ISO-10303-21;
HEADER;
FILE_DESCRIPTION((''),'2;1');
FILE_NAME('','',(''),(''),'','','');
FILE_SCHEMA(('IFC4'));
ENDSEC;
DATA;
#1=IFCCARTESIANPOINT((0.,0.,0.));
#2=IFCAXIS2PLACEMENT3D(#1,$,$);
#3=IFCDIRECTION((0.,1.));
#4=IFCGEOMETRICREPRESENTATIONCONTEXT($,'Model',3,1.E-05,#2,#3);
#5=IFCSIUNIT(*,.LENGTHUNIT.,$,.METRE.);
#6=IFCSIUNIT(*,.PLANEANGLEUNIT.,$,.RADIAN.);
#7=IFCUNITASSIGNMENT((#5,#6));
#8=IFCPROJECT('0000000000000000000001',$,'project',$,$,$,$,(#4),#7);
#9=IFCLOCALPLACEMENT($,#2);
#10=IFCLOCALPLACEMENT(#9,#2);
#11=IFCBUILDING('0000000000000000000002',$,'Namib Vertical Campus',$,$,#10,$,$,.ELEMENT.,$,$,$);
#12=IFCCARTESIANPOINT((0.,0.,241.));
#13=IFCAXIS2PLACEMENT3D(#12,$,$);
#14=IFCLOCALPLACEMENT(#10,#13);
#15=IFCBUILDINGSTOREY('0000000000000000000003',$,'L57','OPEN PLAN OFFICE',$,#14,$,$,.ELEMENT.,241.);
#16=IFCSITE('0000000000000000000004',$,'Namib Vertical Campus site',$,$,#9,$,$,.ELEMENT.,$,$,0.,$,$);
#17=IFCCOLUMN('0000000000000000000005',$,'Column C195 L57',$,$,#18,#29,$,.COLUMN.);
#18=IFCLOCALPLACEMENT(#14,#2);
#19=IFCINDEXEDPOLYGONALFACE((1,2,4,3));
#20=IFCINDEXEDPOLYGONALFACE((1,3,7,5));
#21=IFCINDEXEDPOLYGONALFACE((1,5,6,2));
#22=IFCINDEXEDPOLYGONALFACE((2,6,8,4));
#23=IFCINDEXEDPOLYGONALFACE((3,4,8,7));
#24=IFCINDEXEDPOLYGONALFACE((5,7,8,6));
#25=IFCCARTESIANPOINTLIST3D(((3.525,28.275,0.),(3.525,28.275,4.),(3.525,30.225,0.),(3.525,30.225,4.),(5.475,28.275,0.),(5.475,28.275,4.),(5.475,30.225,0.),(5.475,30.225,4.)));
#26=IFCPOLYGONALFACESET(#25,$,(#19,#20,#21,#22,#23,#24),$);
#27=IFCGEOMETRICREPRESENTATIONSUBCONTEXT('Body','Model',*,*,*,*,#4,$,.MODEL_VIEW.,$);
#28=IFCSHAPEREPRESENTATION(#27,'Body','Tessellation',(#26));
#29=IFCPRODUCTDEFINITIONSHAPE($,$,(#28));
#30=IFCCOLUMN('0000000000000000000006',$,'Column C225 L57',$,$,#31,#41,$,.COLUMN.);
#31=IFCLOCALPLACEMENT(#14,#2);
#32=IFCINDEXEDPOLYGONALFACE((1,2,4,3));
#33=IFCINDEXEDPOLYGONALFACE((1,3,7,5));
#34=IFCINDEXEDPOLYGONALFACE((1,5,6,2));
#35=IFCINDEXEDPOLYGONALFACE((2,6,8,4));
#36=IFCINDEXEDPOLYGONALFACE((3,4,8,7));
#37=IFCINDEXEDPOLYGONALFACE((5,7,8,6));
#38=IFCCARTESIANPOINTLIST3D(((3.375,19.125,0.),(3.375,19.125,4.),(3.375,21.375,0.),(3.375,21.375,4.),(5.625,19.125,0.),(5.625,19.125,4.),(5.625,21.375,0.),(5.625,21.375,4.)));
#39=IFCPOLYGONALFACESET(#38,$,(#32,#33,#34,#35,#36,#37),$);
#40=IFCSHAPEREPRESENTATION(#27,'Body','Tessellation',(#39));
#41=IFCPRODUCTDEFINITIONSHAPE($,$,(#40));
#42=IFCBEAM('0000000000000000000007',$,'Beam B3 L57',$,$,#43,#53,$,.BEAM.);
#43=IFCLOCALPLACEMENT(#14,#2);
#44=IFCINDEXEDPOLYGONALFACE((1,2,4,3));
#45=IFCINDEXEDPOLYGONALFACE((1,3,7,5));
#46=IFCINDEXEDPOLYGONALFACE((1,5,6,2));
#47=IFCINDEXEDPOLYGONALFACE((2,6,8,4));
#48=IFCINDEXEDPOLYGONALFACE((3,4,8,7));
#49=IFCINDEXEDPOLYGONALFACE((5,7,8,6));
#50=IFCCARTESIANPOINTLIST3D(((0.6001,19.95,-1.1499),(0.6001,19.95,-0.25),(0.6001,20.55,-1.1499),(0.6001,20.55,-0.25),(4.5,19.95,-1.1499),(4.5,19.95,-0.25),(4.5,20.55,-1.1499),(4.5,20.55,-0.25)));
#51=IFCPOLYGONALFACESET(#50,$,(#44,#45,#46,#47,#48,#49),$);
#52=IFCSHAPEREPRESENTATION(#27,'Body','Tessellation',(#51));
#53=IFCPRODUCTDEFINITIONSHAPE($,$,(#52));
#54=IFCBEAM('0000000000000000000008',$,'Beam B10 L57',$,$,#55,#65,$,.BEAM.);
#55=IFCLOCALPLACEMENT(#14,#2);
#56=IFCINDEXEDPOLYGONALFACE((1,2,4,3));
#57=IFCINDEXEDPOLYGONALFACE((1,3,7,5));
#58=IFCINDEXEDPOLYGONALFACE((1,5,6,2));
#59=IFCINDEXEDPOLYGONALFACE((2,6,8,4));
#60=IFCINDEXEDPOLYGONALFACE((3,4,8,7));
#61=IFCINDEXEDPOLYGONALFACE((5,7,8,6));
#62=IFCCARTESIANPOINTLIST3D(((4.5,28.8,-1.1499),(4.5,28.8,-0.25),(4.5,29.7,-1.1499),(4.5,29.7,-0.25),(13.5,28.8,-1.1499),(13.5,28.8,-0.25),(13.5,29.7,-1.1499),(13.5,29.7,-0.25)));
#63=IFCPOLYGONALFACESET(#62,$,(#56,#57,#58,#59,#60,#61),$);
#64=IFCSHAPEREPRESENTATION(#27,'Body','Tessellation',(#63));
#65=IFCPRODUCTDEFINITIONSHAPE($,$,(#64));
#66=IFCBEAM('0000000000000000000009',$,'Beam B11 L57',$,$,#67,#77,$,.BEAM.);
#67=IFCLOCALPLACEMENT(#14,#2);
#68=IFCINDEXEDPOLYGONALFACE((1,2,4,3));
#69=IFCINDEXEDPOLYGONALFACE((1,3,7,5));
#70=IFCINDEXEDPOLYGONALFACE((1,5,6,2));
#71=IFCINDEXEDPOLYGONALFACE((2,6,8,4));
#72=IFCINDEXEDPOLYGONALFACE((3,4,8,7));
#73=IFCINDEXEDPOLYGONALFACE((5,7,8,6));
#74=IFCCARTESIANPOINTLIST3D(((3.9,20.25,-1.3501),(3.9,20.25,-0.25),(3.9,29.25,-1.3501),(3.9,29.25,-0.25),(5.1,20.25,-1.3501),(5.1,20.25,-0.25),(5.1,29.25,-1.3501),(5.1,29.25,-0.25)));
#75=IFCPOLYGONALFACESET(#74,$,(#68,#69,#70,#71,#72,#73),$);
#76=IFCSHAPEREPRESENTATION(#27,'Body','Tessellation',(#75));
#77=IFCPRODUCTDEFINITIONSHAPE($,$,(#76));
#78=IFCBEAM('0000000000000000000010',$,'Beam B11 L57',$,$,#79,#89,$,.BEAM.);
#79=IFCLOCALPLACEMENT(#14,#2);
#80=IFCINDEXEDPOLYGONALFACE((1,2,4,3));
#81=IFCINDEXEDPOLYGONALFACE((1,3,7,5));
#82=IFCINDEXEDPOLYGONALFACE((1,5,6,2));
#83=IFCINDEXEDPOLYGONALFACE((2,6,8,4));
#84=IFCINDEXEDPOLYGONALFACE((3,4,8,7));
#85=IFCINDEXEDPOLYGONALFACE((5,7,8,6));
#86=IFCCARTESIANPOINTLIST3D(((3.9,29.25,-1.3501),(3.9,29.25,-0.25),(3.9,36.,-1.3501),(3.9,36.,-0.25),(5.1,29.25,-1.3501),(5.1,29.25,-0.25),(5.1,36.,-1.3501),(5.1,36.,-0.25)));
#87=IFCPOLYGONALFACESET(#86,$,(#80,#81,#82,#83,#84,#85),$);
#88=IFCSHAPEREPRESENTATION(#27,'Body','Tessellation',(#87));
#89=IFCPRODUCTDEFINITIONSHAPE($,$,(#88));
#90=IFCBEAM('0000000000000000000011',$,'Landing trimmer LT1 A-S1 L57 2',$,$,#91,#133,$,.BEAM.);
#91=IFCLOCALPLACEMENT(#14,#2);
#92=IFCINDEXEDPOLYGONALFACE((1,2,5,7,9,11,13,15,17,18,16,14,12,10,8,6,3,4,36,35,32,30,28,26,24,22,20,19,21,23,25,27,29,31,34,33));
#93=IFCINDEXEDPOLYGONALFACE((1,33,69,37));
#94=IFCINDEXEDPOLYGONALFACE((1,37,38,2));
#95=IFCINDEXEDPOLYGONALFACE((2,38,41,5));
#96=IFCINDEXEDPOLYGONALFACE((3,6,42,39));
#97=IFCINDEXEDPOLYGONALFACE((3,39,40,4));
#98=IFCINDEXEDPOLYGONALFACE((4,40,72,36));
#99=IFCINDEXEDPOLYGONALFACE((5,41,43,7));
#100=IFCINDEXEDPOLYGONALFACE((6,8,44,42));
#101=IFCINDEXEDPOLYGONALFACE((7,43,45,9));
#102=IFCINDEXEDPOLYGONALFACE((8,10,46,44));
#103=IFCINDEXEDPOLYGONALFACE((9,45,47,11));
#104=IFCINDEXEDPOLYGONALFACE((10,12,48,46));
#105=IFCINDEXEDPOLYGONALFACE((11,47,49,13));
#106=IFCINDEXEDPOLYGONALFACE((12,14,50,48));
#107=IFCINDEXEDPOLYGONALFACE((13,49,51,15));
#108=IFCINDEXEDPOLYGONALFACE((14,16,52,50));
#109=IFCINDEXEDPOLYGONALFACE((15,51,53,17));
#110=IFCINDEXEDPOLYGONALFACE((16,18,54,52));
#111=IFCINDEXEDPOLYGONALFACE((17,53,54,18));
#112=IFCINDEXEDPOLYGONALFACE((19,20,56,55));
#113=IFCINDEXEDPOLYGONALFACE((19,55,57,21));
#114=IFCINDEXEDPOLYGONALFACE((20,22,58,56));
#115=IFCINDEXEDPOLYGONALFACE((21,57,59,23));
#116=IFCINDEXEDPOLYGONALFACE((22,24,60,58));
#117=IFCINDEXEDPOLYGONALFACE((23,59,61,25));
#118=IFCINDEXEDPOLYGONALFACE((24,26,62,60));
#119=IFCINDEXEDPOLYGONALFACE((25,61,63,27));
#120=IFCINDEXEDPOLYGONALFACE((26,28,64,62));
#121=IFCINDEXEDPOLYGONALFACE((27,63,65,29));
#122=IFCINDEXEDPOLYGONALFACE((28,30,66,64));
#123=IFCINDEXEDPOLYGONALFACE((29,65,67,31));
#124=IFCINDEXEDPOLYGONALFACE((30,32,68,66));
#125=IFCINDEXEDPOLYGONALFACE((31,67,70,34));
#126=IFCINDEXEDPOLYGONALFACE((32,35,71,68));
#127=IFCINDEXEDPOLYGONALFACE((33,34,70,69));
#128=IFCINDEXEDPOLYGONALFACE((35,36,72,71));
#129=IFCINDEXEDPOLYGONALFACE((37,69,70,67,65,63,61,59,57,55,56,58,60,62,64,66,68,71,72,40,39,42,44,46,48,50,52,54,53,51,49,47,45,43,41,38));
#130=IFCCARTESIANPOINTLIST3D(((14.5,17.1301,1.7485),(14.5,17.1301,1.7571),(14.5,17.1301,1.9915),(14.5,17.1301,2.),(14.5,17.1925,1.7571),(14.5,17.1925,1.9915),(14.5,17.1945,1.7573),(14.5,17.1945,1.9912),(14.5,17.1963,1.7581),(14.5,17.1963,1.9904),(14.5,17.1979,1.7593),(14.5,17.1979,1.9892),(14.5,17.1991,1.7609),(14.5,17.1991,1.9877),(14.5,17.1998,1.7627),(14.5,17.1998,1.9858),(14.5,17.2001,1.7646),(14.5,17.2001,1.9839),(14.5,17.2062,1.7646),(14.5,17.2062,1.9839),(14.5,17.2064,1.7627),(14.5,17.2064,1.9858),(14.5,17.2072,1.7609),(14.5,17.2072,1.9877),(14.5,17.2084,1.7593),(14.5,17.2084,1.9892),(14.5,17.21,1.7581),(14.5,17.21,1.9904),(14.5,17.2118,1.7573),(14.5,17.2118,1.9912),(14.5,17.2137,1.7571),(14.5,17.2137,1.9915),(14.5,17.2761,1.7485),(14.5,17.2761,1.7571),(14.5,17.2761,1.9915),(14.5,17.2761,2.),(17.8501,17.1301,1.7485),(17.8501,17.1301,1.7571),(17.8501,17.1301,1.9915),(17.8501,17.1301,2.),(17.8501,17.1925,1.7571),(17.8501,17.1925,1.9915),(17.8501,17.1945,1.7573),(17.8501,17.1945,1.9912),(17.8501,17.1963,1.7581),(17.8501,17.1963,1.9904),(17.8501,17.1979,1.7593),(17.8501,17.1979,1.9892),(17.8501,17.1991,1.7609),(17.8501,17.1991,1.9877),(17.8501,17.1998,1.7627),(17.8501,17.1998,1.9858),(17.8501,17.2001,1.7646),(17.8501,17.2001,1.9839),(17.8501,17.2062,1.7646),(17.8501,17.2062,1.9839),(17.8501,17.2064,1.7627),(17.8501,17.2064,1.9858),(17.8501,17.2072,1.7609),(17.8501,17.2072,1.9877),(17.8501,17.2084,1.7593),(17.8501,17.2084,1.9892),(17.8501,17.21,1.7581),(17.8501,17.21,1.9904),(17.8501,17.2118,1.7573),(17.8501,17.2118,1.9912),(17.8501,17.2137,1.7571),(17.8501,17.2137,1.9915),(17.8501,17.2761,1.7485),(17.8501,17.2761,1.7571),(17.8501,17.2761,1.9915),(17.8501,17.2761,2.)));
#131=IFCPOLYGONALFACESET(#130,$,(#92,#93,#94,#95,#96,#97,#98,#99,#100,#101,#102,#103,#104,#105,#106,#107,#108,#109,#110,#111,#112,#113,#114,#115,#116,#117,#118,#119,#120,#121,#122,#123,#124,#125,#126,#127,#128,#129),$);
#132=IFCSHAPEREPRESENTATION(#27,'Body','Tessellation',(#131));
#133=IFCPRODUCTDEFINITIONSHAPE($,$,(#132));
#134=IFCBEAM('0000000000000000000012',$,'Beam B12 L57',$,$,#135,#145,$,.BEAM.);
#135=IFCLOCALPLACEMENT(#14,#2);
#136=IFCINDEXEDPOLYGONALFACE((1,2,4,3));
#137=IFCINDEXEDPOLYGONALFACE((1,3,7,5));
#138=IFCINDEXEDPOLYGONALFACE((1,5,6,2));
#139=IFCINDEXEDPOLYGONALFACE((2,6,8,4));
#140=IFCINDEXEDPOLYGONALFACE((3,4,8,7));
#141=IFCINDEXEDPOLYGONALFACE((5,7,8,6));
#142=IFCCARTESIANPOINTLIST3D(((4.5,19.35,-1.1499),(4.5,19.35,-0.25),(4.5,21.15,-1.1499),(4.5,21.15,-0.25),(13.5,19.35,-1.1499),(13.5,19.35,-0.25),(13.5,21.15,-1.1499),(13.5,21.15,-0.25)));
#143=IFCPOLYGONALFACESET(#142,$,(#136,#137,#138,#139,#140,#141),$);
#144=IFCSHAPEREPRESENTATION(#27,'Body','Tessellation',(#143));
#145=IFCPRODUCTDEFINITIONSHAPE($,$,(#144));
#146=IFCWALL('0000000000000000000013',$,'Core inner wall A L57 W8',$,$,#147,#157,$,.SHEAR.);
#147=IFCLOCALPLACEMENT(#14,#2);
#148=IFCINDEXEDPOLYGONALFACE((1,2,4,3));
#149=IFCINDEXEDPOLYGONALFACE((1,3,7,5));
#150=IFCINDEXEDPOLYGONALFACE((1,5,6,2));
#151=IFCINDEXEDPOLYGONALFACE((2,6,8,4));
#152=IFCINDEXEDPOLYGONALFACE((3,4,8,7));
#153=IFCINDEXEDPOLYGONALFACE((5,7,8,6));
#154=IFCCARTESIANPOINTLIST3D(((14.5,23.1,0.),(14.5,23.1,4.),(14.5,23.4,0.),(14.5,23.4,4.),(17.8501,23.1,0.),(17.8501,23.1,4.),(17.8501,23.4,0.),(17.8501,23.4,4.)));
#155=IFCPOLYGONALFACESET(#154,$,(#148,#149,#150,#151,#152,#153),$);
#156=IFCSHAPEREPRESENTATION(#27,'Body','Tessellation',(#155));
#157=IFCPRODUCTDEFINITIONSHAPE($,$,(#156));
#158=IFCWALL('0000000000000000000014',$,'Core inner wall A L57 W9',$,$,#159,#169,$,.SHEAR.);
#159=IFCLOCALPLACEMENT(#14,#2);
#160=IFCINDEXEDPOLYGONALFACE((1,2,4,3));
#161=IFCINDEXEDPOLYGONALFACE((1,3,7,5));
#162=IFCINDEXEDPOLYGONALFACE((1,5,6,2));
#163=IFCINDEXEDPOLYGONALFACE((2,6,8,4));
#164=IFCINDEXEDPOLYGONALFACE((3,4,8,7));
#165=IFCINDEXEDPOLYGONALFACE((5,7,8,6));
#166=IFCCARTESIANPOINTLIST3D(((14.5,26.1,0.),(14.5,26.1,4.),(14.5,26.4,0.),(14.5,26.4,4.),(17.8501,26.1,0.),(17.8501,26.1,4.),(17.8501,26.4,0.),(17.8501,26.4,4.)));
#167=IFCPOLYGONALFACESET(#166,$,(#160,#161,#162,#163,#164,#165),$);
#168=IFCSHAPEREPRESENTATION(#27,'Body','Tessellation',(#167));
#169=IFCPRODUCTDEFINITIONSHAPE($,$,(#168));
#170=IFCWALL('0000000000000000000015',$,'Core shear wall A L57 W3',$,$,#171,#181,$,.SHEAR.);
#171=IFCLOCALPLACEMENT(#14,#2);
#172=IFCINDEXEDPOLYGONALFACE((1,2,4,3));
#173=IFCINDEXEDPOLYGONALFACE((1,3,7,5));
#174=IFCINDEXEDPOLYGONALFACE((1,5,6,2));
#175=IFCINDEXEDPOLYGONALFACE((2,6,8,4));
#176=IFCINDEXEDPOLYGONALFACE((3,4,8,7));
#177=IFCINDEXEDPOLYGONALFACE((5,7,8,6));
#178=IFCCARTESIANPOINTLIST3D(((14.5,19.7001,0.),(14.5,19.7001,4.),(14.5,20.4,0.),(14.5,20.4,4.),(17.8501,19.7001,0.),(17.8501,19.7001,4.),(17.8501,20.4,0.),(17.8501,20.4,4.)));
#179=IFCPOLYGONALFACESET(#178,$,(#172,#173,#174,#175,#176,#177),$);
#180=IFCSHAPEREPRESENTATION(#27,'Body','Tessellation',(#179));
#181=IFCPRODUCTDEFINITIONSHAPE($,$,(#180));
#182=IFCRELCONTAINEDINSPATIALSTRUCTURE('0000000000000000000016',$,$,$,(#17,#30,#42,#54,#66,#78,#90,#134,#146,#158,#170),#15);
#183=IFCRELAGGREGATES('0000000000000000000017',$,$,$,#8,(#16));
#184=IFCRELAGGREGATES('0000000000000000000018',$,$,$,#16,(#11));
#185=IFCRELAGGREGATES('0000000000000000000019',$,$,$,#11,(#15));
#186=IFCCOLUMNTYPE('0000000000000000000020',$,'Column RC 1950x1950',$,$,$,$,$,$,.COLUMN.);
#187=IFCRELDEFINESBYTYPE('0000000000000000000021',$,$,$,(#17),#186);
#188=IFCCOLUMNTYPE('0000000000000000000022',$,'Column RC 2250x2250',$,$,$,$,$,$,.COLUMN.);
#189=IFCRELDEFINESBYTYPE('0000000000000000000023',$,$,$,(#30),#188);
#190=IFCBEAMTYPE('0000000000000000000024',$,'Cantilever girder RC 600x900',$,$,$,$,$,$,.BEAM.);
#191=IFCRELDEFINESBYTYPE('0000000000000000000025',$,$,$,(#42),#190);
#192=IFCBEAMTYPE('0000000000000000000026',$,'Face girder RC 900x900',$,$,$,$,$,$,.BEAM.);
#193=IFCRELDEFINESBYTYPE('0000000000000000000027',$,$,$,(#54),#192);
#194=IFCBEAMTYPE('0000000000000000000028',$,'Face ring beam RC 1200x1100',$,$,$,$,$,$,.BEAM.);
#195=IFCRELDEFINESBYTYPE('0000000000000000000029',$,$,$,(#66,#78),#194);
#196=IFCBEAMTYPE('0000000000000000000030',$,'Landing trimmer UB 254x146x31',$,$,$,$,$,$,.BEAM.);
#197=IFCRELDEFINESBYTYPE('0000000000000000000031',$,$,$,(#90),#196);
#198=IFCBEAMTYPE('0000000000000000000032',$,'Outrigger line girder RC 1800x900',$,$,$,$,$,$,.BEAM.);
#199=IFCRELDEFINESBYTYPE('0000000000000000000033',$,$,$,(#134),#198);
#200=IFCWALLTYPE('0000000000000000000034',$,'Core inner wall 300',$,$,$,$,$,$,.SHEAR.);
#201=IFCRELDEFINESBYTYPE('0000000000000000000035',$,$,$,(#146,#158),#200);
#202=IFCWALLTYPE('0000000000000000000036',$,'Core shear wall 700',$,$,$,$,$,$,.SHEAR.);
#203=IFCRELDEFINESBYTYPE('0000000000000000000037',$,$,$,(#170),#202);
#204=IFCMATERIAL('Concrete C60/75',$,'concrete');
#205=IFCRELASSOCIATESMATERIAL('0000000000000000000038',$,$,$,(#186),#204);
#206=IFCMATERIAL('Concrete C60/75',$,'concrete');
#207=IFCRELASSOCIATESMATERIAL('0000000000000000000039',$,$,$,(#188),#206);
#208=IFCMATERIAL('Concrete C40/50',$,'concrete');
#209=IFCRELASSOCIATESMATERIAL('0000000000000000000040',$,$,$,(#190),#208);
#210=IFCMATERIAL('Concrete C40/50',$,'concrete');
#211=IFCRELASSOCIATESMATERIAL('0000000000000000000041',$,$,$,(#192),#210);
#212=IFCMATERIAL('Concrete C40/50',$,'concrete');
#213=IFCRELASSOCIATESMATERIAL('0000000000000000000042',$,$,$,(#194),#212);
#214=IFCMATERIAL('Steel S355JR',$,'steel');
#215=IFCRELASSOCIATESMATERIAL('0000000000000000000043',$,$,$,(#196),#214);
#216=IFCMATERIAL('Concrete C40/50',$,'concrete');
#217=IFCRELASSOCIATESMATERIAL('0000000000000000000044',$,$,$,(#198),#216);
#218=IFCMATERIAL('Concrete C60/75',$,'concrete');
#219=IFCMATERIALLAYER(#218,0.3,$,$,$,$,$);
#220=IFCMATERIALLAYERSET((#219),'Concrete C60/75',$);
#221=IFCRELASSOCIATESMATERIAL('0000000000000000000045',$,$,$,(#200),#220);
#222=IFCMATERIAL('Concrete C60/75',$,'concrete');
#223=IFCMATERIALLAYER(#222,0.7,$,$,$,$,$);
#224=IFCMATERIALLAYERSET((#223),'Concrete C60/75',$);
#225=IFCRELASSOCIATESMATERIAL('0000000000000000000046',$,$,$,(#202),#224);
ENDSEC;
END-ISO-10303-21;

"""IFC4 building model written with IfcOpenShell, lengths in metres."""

from ifc_helpers import new_model, si_unit, direction, frame, frame_2d, origin, origin_2d, place, context, subcontext, project, spatial, rectangle, i_section, extrude, material, layer, layer_set, material_profile, profile_set, type_object, element, save


model = new_model("IFC4")

# Units and contexts
model_context = context("Model", 3, precision=1e-05, world=origin(), true_north=direction((0.0, 1.0)))
body_context = subcontext(model_context, "Body", "Model", "MODEL_VIEW")
ifc_project = project(units=[si_unit("LENGTHUNIT", "METRE"), si_unit("PLANEANGLEUNIT", "RADIAN")], contexts=[model_context])

# Site, building, storey
site_placement = place(None, origin())
site = spatial("IfcSite", under=ifc_project, at=site_placement, Name="Namib Vertical Campus site", CompositionType="ELEMENT", RefElevation=0.0)
building_placement = place(site_placement, origin())
building = spatial("IfcBuilding", under=site, at=building_placement, Name="Namib Vertical Campus", CompositionType="ELEMENT")
storey_placement = place(building_placement, frame((0.0, 0.0, 241.0)))
storey = spatial("IfcBuildingStorey", under=building, at=storey_placement, Name="L57", Description="OPEN PLAN OFFICE", CompositionType="ELEMENT", Elevation=241.0)

# Columns
ifc_material_1 = material(Name="Concrete C60/75", Category="concrete")
ifc_material_profile_1 = material_profile(ifc_material_1, rectangle(XDim=1.95, YDim=1.95, at=origin_2d()))
ifc_profile_set_1 = profile_set([ifc_material_profile_1], Name="Concrete C60/75")
column_type_1 = type_object("IfcColumnType", Name="Column RC 1950x1950", PredefinedType="COLUMN", material=ifc_profile_set_1)
column_1_placement = place(storey_placement, frame((4.5, 29.25, 0.0), z_axis=(0.0, 0.0, 1.0), x_axis=(1.0, 0.0, 0.0)))
element("IfcColumn", 1, at=column_1_placement, inside=storey, type_object=column_type_1, Name="Column C195 L57", PredefinedType="COLUMN", context=body_context, shape_type="SweptSolid", body=[
    extrude(rectangle(XDim=1.95, YDim=1.95, at=origin_2d()), origin(), (0.0, 0.0, 1.0), 4.0),
])
ifc_material_2 = material(Name="Concrete C60/75", Category="concrete")
ifc_material_profile_2 = material_profile(ifc_material_2, rectangle(XDim=2.25, YDim=2.25, at=origin_2d()))
ifc_profile_set_2 = profile_set([ifc_material_profile_2], Name="Concrete C60/75")
column_type_2 = type_object("IfcColumnType", Name="Column RC 2250x2250", PredefinedType="COLUMN", material=ifc_profile_set_2)
column_2_placement = place(storey_placement, frame((4.5, 20.25, 0.0), z_axis=(0.0, 0.0, 1.0), x_axis=(1.0, 0.0, 0.0)))
element("IfcColumn", 2, at=column_2_placement, inside=storey, type_object=column_type_2, Name="Column C225 L57", PredefinedType="COLUMN", context=body_context, shape_type="SweptSolid", body=[
    extrude(rectangle(XDim=2.25, YDim=2.25, at=origin_2d()), origin(), (0.0, 0.0, 1.0), 4.0),
])

# Beams
ifc_material_3 = material(Name="Concrete C40/50", Category="concrete")
ifc_material_profile_3 = material_profile(ifc_material_3, rectangle(XDim=0.6001, YDim=0.8999, at=origin_2d()))
ifc_profile_set_3 = profile_set([ifc_material_profile_3], Name="Concrete C40/50")
beam_type_1 = type_object("IfcBeamType", Name="Cantilever girder RC 600x900", PredefinedType="BEAM", material=ifc_profile_set_3)
beam_1_placement = place(storey_placement, frame((4.5, 20.25, -0.7), z_axis=(-1.0, 0.0, 0.0), x_axis=(0.0, -1.0, 0.0)))
element("IfcBeam", 3, at=beam_1_placement, inside=storey, type_object=beam_type_1, Name="Beam B3 L57", PredefinedType="BEAM", context=body_context, shape_type="SweptSolid", body=[
    extrude(rectangle(XDim=0.6001, YDim=0.8999, at=origin_2d()), origin(), (0.0, 0.0, 1.0), 3.8999),
])
ifc_material_4 = material(Name="Concrete C40/50", Category="concrete")
ifc_material_profile_4 = material_profile(ifc_material_4, rectangle(XDim=0.8999, YDim=0.8999, at=origin_2d()))
ifc_profile_set_4 = profile_set([ifc_material_profile_4], Name="Concrete C40/50")
beam_type_2 = type_object("IfcBeamType", Name="Face girder RC 900x900", PredefinedType="BEAM", material=ifc_profile_set_4)
beam_2_placement = place(storey_placement, frame((4.5, 29.25, -0.7), z_axis=(1.0, 0.0, 0.0), x_axis=(0.0, 1.0, 0.0)))
element("IfcBeam", 4, at=beam_2_placement, inside=storey, type_object=beam_type_2, Name="Beam B10 L57", PredefinedType="BEAM", context=body_context, shape_type="SweptSolid", body=[
    extrude(rectangle(XDim=0.8999, YDim=0.8999, at=origin_2d()), origin(), (0.0, 0.0, 1.0), 9.0),
])
ifc_material_5 = material(Name="Concrete C40/50", Category="concrete")
ifc_material_profile_5 = material_profile(ifc_material_5, rectangle(XDim=1.2, YDim=1.1001, at=origin_2d()))
ifc_profile_set_5 = profile_set([ifc_material_profile_5], Name="Concrete C40/50")
beam_type_3 = type_object("IfcBeamType", Name="Face ring beam RC 1200x1100", PredefinedType="BEAM", material=ifc_profile_set_5)
beam_3_placement = place(storey_placement, frame((4.5, 20.25, -0.8), z_axis=(0.0, 1.0, 0.0), x_axis=(-1.0, 0.0, 0.0)))
element("IfcBeam", 5, at=beam_3_placement, inside=storey, type_object=beam_type_3, Name="Beam B11 L57", PredefinedType="BEAM", context=body_context, shape_type="SweptSolid", body=[
    extrude(rectangle(XDim=1.2, YDim=1.1001, at=origin_2d()), origin(), (0.0, 0.0, 1.0), 9.0),
])
beam_4_placement = place(storey_placement, frame((4.5, 29.25, -0.8), z_axis=(0.0, 1.0, 0.0), x_axis=(-1.0, 0.0, 0.0)))
element("IfcBeam", 6, at=beam_4_placement, inside=storey, type_object=beam_type_3, Name="Beam B11 L57", PredefinedType="BEAM", context=body_context, shape_type="SweptSolid", body=[
    extrude(rectangle(XDim=1.2, YDim=1.1001, at=origin_2d()), origin(), (0.0, 0.0, 1.0), 6.75),
])
ifc_material_6 = material(Name="Steel S355JR", Category="steel")
ifc_material_profile_6 = material_profile(ifc_material_6, i_section(OverallWidth=0.146, OverallDepth=0.2515, WebThickness=0.0061, FlangeThickness=0.0085, FilletRadius=0.0076, at=origin_2d()))
ifc_profile_set_6 = profile_set([ifc_material_profile_6], Name="Steel S355JR")
beam_type_4 = type_object("IfcBeamType", Name="Landing trimmer UB 254x146x31", PredefinedType="BEAM", material=ifc_profile_set_6)
beam_5_placement = place(storey_placement, frame((14.5, 17.2031, 1.8743), z_axis=(1.0, 0.0, 0.0), x_axis=(0.0, 1.0, 0.0)))
element("IfcBeam", 7, at=beam_5_placement, inside=storey, type_object=beam_type_4, Name="Landing trimmer LT1 A-S1 L57 2", PredefinedType="BEAM", context=body_context, shape_type="SweptSolid", body=[
    extrude(i_section(OverallWidth=0.146, OverallDepth=0.2515, WebThickness=0.0061, FlangeThickness=0.0085, FilletRadius=0.0076, at=origin_2d()), origin(), (0.0, 0.0, 1.0), 3.3501),
])
ifc_material_7 = material(Name="Concrete C40/50", Category="concrete")
ifc_material_profile_7 = material_profile(ifc_material_7, rectangle(XDim=1.8, YDim=0.8999, at=origin_2d()))
ifc_profile_set_7 = profile_set([ifc_material_profile_7], Name="Concrete C40/50")
beam_type_5 = type_object("IfcBeamType", Name="Outrigger line girder RC 1800x900", PredefinedType="BEAM", material=ifc_profile_set_7)
beam_6_placement = place(storey_placement, frame((4.5, 20.25, -0.7), z_axis=(1.0, 0.0, 0.0), x_axis=(0.0, 1.0, 0.0)))
element("IfcBeam", 8, at=beam_6_placement, inside=storey, type_object=beam_type_5, Name="Beam B12 L57", PredefinedType="BEAM", context=body_context, shape_type="SweptSolid", body=[
    extrude(rectangle(XDim=1.8, YDim=0.8999, at=origin_2d()), origin(), (0.0, 0.0, 1.0), 9.0),
])

# Walls
ifc_material_8 = material(Name="Concrete C60/75", Category="concrete")
ifc_layer_1 = layer(ifc_material_8, 0.3)
ifc_layer_set_1 = layer_set([ifc_layer_1], Name="Concrete C60/75")
wall_type_1 = type_object("IfcWallType", Name="Core inner wall 300", PredefinedType="SHEAR", material=ifc_layer_set_1)
for number, where, z_axis, x_axis, name in (
    (9, (14.5, 23.25, 0.0), (0.0, 0.0, 1.0), (1.0, 0.0, 0.0), "Core inner wall A L57 W8"),
    (10, (14.5, 26.25, 0.0), (0.0, 0.0, 1.0), (1.0, 0.0, 0.0), "Core inner wall A L57 W9"),
):
    element("IfcWall", number, at=place(storey_placement, frame(where, z_axis=z_axis, x_axis=x_axis)), inside=storey, type_object=wall_type_1, Name=name, PredefinedType="SHEAR", context=body_context, shape_type="SweptSolid", body=[
        extrude(rectangle(XDim=3.3501, YDim=0.3, at=frame_2d((1.675, 0.0))), origin(), (0.0, 0.0, 1.0), 4.0),
    ])
ifc_material_9 = material(Name="Concrete C60/75", Category="concrete")
ifc_layer_2 = layer(ifc_material_9, 0.7)
ifc_layer_set_2 = layer_set([ifc_layer_2], Name="Concrete C60/75")
wall_type_2 = type_object("IfcWallType", Name="Core shear wall 700", PredefinedType="SHEAR", material=ifc_layer_set_2)
wall_1_placement = place(storey_placement, frame((14.5, 20.05, 0.0), z_axis=(0.0, 0.0, 1.0), x_axis=(1.0, 0.0, 0.0)))
element("IfcWall", 11, at=wall_1_placement, inside=storey, type_object=wall_type_2, Name="Core shear wall A L57 W3", PredefinedType="SHEAR", context=body_context, shape_type="SweptSolid", body=[
    extrude(rectangle(XDim=3.3501, YDim=0.7, at=frame_2d((1.675, 0.0))), origin(), (0.0, 0.0, 1.0), 4.0),
])

save(model, "model.ifc")
